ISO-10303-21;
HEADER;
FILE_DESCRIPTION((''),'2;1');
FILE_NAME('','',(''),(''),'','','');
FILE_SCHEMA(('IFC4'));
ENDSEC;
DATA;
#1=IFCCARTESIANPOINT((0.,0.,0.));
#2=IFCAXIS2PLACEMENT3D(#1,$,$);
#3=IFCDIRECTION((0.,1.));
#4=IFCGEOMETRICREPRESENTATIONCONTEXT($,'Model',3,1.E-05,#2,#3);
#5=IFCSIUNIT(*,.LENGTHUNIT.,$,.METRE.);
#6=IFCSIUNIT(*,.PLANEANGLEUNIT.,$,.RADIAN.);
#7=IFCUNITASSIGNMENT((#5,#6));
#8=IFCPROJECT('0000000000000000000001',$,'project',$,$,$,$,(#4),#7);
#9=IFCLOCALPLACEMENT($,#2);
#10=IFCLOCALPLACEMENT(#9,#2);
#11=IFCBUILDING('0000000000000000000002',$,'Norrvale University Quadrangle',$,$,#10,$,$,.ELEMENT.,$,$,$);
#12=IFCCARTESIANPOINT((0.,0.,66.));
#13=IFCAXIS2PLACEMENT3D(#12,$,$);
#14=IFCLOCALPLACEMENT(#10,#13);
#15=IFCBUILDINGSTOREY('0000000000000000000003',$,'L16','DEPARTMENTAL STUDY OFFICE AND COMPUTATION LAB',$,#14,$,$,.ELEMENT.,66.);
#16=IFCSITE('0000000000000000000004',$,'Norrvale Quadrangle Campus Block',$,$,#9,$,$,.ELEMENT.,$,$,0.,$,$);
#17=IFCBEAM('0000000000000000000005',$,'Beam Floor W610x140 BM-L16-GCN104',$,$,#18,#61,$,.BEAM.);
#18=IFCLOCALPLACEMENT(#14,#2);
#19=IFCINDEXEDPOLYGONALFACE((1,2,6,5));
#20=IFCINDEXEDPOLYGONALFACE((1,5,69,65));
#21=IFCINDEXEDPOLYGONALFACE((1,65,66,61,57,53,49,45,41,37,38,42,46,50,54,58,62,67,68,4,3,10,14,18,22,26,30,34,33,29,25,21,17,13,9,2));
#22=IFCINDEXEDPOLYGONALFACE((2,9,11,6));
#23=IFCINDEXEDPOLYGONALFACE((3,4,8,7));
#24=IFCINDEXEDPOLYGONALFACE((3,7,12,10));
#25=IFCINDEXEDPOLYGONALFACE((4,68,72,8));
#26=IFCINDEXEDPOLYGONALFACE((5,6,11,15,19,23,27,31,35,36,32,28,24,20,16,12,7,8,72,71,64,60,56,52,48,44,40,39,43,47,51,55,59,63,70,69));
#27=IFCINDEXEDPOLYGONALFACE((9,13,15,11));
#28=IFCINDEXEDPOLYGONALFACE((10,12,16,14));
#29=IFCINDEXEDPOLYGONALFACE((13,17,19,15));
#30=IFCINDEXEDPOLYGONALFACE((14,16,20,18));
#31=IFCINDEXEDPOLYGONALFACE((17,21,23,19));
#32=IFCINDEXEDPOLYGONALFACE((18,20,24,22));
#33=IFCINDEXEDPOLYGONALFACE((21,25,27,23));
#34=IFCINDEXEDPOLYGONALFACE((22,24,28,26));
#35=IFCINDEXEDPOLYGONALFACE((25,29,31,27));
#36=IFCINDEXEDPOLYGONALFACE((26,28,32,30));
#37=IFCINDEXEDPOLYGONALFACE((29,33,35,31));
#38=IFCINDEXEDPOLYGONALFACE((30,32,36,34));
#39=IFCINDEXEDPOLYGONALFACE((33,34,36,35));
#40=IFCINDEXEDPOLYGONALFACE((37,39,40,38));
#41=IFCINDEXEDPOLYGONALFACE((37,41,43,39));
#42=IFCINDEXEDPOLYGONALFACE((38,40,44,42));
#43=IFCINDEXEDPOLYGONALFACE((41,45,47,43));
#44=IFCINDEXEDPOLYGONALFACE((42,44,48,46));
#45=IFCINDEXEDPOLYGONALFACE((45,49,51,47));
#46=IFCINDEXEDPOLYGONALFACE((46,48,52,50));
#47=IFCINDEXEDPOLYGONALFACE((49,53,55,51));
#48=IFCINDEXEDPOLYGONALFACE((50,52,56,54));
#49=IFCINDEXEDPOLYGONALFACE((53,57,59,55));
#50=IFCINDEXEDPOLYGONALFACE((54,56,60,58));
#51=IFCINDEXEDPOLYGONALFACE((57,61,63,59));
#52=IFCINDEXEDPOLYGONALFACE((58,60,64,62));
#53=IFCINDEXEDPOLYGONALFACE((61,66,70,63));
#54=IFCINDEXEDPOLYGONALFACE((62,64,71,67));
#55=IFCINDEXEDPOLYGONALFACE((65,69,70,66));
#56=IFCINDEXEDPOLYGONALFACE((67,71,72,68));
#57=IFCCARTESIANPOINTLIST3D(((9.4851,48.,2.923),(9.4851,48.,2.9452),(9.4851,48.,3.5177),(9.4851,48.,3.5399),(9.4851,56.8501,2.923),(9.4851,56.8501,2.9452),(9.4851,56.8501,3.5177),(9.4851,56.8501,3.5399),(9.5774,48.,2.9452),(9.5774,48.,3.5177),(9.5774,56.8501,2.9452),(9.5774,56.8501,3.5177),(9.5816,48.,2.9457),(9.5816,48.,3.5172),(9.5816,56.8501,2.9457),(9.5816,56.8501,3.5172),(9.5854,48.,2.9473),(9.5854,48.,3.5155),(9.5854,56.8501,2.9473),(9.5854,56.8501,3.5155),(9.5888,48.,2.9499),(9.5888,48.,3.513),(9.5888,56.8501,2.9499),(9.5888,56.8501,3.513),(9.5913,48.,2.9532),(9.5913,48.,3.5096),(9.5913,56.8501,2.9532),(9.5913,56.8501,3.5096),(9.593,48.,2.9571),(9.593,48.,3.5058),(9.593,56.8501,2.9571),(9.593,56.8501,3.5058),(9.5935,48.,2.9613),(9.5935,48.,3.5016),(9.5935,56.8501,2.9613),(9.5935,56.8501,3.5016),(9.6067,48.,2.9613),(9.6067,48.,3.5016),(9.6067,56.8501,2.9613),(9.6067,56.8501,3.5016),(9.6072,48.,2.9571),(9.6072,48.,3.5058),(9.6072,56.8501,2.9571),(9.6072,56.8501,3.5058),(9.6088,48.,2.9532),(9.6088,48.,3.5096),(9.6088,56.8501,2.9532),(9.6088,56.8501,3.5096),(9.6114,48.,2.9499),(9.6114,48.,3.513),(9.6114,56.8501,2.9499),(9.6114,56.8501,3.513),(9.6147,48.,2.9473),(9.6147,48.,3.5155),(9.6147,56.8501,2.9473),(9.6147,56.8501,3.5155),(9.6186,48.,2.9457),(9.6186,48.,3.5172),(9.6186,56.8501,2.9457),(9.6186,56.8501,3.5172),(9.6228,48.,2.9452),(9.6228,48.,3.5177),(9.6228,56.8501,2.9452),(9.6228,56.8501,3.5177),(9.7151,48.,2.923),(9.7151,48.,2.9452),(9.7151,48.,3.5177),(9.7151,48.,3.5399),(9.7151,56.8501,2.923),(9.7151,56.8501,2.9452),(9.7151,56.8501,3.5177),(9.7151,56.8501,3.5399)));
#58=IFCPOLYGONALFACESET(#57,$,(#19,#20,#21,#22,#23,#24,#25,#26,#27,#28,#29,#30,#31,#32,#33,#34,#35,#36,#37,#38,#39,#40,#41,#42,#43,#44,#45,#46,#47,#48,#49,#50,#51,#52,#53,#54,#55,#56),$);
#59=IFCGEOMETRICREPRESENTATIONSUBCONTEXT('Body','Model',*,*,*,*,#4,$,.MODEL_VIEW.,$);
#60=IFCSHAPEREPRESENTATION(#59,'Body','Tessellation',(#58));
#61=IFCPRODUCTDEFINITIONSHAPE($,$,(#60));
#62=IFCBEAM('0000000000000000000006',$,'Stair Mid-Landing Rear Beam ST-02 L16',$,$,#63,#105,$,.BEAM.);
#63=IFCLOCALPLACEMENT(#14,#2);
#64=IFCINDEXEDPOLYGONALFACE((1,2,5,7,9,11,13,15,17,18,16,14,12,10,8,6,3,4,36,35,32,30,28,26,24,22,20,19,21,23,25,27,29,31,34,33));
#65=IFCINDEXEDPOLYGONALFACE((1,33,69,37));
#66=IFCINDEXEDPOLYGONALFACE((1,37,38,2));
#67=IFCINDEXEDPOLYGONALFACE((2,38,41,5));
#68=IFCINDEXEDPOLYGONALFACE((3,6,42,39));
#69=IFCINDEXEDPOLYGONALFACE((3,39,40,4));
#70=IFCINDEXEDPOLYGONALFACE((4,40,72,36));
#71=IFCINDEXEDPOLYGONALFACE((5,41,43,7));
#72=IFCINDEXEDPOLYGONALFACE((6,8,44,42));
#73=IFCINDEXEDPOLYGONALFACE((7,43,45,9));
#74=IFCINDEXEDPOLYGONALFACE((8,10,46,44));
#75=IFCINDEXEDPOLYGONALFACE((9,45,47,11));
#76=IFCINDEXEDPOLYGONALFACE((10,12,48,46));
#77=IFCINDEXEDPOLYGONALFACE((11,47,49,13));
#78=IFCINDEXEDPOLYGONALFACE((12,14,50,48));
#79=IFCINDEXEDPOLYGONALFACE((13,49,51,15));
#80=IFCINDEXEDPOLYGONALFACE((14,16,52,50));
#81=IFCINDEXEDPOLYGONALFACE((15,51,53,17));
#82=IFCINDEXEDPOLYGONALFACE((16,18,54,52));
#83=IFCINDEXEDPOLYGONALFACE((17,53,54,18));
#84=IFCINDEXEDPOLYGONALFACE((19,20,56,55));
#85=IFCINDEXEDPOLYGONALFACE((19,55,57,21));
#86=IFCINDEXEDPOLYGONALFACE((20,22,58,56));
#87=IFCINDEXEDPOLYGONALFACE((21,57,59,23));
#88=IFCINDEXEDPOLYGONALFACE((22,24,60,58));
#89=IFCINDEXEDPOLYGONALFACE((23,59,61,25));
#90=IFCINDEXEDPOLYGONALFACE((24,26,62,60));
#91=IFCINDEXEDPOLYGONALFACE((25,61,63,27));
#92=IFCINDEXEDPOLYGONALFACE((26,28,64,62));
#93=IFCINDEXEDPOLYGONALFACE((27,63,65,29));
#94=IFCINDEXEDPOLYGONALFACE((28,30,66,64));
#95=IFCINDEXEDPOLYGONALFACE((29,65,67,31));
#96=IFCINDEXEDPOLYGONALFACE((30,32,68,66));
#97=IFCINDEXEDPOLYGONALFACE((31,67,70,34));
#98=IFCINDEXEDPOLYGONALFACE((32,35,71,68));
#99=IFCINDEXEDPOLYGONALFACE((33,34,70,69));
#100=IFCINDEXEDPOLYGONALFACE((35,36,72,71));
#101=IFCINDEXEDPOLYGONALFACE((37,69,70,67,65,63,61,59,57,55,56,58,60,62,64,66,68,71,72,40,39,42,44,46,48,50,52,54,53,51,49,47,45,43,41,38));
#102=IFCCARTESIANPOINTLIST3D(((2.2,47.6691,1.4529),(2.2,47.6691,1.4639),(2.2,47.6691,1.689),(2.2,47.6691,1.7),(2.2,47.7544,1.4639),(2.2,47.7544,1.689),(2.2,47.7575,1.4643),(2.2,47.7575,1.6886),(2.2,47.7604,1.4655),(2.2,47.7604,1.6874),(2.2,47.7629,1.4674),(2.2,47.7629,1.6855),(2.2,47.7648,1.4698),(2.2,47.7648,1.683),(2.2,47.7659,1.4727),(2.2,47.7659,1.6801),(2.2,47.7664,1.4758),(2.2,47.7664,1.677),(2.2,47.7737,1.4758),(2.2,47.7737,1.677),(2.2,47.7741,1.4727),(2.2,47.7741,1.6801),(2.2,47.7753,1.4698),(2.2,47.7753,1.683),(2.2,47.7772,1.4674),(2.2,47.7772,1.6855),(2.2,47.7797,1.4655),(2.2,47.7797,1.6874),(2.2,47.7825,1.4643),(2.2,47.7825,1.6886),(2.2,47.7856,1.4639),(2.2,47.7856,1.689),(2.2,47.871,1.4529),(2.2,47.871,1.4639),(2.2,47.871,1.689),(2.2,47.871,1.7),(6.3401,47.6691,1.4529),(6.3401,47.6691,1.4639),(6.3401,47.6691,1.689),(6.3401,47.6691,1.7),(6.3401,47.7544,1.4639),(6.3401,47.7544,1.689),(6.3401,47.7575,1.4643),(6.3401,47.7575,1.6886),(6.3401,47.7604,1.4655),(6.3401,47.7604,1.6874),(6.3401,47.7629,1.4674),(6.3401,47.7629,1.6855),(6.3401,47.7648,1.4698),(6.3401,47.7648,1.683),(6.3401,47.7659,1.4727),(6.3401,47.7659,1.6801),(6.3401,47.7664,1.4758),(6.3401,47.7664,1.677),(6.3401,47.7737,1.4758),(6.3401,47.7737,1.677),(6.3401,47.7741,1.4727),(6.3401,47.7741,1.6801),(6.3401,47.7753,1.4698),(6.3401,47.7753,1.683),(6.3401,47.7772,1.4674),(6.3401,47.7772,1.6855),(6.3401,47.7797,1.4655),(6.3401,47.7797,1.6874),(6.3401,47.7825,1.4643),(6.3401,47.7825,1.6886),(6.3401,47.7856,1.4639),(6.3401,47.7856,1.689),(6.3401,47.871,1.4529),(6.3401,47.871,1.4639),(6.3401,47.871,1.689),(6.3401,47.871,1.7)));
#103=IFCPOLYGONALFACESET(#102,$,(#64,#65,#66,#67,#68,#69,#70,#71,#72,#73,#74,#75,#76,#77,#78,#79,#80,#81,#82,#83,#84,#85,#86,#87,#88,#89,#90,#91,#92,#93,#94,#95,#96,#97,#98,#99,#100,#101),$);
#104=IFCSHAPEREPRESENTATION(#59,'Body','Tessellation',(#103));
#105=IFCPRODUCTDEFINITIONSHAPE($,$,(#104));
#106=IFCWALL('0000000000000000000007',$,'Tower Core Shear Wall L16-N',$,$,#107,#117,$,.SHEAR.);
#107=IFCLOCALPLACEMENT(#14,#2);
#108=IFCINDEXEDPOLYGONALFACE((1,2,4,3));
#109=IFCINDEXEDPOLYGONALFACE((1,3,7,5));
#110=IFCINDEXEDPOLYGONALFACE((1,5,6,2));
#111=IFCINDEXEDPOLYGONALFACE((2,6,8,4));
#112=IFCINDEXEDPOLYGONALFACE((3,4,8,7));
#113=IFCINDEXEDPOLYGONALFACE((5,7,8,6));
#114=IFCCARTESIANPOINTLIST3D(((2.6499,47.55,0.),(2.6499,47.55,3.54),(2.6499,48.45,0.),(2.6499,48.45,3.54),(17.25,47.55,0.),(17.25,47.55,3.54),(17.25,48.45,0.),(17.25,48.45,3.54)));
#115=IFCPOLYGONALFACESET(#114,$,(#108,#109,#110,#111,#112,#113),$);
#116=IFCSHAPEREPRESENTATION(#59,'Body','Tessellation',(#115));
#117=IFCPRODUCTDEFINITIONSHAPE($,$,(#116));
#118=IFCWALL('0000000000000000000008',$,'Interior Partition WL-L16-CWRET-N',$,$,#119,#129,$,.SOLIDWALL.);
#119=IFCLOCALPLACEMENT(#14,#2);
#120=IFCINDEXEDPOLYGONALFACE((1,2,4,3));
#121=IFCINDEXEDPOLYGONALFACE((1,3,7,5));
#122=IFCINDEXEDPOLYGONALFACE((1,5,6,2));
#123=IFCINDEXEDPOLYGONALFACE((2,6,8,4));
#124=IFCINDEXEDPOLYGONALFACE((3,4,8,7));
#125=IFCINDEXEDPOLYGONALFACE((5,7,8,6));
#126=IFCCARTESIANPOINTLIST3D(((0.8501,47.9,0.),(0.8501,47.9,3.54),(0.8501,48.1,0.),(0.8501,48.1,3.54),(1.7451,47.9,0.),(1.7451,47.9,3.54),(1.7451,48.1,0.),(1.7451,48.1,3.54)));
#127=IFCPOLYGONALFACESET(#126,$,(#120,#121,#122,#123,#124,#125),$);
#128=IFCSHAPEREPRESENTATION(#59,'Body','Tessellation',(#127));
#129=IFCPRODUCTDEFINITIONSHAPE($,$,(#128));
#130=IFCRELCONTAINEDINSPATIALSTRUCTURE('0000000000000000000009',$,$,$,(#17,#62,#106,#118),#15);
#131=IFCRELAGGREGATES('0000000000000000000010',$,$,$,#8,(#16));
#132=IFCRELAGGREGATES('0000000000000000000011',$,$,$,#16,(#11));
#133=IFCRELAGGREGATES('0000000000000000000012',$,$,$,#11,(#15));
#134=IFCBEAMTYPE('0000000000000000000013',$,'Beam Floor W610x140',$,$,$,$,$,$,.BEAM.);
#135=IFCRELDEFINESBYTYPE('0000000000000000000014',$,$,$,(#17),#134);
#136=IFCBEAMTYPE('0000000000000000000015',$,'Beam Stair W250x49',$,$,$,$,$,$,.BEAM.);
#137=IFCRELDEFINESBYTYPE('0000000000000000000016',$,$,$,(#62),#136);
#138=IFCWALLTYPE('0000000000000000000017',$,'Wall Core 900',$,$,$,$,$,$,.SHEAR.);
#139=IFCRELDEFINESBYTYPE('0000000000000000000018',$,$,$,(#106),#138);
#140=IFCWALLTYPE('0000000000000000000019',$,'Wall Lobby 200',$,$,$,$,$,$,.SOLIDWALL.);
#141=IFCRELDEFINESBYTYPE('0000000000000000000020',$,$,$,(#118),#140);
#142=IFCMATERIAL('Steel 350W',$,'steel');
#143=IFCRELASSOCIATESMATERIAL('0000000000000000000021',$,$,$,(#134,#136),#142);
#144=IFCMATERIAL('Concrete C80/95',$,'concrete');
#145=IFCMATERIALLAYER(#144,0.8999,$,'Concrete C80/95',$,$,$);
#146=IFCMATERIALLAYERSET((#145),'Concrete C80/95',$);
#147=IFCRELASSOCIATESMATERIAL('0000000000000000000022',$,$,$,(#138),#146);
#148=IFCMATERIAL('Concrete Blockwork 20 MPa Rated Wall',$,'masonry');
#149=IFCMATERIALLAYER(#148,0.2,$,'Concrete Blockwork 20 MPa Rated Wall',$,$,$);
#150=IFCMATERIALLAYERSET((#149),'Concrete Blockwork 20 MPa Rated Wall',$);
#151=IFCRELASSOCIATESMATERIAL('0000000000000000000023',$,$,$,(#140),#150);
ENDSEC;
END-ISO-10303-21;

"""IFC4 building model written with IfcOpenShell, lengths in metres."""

from ifc_helpers import new_model, si_unit, direction, frame, frame_2d, origin, origin_2d, place, context, subcontext, project, spatial, rectangle, i_section, extrude, material, layer, layer_set, material_profile, profile_set, type_object, element, save


model = new_model("IFC4")

# Units and contexts
model_context = context("Model", 3, precision=1e-05, world=origin(), true_north=direction((0.0, 1.0)))
body_context = subcontext(model_context, "Body", "Model", "MODEL_VIEW")
ifc_project = project(units=[si_unit("LENGTHUNIT", "METRE"), si_unit("PLANEANGLEUNIT", "RADIAN")], contexts=[model_context])

# Site, building, storey
site_placement = place(None, origin())
site = spatial("IfcSite", under=ifc_project, at=site_placement, Name="Norrvale Quadrangle Campus Block", CompositionType="ELEMENT", RefElevation=0.0)
building_placement = place(site_placement, origin())
building = spatial("IfcBuilding", under=site, at=building_placement, Name="Norrvale University Quadrangle", CompositionType="ELEMENT")
storey_placement = place(building_placement, frame((0.0, 0.0, 66.0)))
storey = spatial("IfcBuildingStorey", under=building, at=storey_placement, Name="L16", Description="DEPARTMENTAL STUDY OFFICE AND COMPUTATION LAB", CompositionType="ELEMENT", Elevation=66.0)

# Shared definitions
ifc_material_1 = material(Name="Concrete C80/95", Category="concrete")

# Beams
ifc_material_2 = material(Name="Steel 350W", Category="steel")
ifc_material_profile_1 = material_profile(ifc_material_2, i_section(OverallWidth=0.23, OverallDepth=0.6169, WebThickness=0.0132, FlangeThickness=0.0222, FilletRadius=0.0161, at=origin_2d()), Name="Steel 350W")
ifc_profile_set_1 = profile_set([ifc_material_profile_1], Name="Steel 350W")
beam_type_1 = type_object("IfcBeamType", Name="Beam Floor W610x140", PredefinedType="BEAM", material=ifc_profile_set_1)
beam_1_placement = place(storey_placement, frame((9.6001, 48.0, 3.2314), z_axis=(0.0, 1.0, 0.0), x_axis=(-1.0, 0.0, 0.0)))
element("IfcBeam", 1, at=beam_1_placement, inside=storey, type_object=beam_type_1, Name="Beam Floor W610x140 BM-L16-GCN104", PredefinedType="BEAM", context=body_context, shape_type="SweptSolid", body=[
    extrude(i_section(OverallWidth=0.23, OverallDepth=0.6169, WebThickness=0.0132, FlangeThickness=0.0222, FilletRadius=0.0161, at=origin_2d()), origin(), (0.0, 0.0, 1.0), 8.8501),
])
ifc_material_profile_2 = material_profile(ifc_material_2, i_section(OverallWidth=0.2019, OverallDepth=0.2471, WebThickness=0.0073, FlangeThickness=0.011, FilletRadius=0.012, at=origin_2d()), Name="Steel 350W")
ifc_profile_set_2 = profile_set([ifc_material_profile_2], Name="Steel 350W")
beam_type_2 = type_object("IfcBeamType", Name="Beam Stair W250x49", PredefinedType="BEAM", material=ifc_profile_set_2)
beam_2_placement = place(storey_placement, frame((2.2, 47.77, 1.5764), z_axis=(1.0, 0.0, 0.0), x_axis=(0.0, 1.0, 0.0)))
element("IfcBeam", 2, at=beam_2_placement, inside=storey, type_object=beam_type_2, Name="Stair Mid-Landing Rear Beam ST-02 L16", PredefinedType="BEAM", context=body_context, shape_type="SweptSolid", body=[
    extrude(i_section(OverallWidth=0.2019, OverallDepth=0.2471, WebThickness=0.0073, FlangeThickness=0.011, FilletRadius=0.012, at=origin_2d()), origin(), (0.0, 0.0, 1.0), 4.1401),
])

# Wall
ifc_layer_1 = layer(ifc_material_1, 0.8999, Name="Concrete C80/95")
ifc_layer_set_1 = layer_set([ifc_layer_1], Name="Concrete C80/95")
wall_type_1 = type_object("IfcWallType", Name="Wall Core 900", PredefinedType="SHEAR", material=ifc_layer_set_1)
wall_1_placement = place(storey_placement, frame((2.6499, 48.0, 0.0), z_axis=(0.0, 0.0, 1.0), x_axis=(1.0, 0.0, 0.0)))
element("IfcWall", 3, at=wall_1_placement, inside=storey, type_object=wall_type_1, Name="Tower Core Shear Wall L16-N", PredefinedType="SHEAR", context=body_context, shape_type="SweptSolid", body=[
    extrude(rectangle(XDim=14.6001, YDim=0.8999, at=frame_2d((7.3, 0.0))), origin(), (0.0, 0.0, 1.0), 3.54),
])

# Wall
ifc_material_3 = material(Name="Concrete Blockwork 20 MPa Rated Wall", Category="masonry")
ifc_layer_2 = layer(ifc_material_3, 0.2, Name="Concrete Blockwork 20 MPa Rated Wall")
ifc_layer_set_2 = layer_set([ifc_layer_2], Name="Concrete Blockwork 20 MPa Rated Wall")
wall_type_2 = type_object("IfcWallType", Name="Wall Lobby 200", PredefinedType="SOLIDWALL", material=ifc_layer_set_2)
wall_2_placement = place(storey_placement, frame((0.8501, 48.0, 0.0), z_axis=(0.0, 0.0, 1.0), x_axis=(1.0, 0.0, 0.0)))
element("IfcWall", 4, at=wall_2_placement, inside=storey, type_object=wall_type_2, Name="Interior Partition WL-L16-CWRET-N", PredefinedType="SOLIDWALL", context=body_context, shape_type="SweptSolid", body=[
    extrude(rectangle(XDim=0.895, YDim=0.2, at=frame_2d((0.4475, 0.0))), origin(), (0.0, 0.0, 1.0), 3.54),
])

save(model, "model.ifc")
